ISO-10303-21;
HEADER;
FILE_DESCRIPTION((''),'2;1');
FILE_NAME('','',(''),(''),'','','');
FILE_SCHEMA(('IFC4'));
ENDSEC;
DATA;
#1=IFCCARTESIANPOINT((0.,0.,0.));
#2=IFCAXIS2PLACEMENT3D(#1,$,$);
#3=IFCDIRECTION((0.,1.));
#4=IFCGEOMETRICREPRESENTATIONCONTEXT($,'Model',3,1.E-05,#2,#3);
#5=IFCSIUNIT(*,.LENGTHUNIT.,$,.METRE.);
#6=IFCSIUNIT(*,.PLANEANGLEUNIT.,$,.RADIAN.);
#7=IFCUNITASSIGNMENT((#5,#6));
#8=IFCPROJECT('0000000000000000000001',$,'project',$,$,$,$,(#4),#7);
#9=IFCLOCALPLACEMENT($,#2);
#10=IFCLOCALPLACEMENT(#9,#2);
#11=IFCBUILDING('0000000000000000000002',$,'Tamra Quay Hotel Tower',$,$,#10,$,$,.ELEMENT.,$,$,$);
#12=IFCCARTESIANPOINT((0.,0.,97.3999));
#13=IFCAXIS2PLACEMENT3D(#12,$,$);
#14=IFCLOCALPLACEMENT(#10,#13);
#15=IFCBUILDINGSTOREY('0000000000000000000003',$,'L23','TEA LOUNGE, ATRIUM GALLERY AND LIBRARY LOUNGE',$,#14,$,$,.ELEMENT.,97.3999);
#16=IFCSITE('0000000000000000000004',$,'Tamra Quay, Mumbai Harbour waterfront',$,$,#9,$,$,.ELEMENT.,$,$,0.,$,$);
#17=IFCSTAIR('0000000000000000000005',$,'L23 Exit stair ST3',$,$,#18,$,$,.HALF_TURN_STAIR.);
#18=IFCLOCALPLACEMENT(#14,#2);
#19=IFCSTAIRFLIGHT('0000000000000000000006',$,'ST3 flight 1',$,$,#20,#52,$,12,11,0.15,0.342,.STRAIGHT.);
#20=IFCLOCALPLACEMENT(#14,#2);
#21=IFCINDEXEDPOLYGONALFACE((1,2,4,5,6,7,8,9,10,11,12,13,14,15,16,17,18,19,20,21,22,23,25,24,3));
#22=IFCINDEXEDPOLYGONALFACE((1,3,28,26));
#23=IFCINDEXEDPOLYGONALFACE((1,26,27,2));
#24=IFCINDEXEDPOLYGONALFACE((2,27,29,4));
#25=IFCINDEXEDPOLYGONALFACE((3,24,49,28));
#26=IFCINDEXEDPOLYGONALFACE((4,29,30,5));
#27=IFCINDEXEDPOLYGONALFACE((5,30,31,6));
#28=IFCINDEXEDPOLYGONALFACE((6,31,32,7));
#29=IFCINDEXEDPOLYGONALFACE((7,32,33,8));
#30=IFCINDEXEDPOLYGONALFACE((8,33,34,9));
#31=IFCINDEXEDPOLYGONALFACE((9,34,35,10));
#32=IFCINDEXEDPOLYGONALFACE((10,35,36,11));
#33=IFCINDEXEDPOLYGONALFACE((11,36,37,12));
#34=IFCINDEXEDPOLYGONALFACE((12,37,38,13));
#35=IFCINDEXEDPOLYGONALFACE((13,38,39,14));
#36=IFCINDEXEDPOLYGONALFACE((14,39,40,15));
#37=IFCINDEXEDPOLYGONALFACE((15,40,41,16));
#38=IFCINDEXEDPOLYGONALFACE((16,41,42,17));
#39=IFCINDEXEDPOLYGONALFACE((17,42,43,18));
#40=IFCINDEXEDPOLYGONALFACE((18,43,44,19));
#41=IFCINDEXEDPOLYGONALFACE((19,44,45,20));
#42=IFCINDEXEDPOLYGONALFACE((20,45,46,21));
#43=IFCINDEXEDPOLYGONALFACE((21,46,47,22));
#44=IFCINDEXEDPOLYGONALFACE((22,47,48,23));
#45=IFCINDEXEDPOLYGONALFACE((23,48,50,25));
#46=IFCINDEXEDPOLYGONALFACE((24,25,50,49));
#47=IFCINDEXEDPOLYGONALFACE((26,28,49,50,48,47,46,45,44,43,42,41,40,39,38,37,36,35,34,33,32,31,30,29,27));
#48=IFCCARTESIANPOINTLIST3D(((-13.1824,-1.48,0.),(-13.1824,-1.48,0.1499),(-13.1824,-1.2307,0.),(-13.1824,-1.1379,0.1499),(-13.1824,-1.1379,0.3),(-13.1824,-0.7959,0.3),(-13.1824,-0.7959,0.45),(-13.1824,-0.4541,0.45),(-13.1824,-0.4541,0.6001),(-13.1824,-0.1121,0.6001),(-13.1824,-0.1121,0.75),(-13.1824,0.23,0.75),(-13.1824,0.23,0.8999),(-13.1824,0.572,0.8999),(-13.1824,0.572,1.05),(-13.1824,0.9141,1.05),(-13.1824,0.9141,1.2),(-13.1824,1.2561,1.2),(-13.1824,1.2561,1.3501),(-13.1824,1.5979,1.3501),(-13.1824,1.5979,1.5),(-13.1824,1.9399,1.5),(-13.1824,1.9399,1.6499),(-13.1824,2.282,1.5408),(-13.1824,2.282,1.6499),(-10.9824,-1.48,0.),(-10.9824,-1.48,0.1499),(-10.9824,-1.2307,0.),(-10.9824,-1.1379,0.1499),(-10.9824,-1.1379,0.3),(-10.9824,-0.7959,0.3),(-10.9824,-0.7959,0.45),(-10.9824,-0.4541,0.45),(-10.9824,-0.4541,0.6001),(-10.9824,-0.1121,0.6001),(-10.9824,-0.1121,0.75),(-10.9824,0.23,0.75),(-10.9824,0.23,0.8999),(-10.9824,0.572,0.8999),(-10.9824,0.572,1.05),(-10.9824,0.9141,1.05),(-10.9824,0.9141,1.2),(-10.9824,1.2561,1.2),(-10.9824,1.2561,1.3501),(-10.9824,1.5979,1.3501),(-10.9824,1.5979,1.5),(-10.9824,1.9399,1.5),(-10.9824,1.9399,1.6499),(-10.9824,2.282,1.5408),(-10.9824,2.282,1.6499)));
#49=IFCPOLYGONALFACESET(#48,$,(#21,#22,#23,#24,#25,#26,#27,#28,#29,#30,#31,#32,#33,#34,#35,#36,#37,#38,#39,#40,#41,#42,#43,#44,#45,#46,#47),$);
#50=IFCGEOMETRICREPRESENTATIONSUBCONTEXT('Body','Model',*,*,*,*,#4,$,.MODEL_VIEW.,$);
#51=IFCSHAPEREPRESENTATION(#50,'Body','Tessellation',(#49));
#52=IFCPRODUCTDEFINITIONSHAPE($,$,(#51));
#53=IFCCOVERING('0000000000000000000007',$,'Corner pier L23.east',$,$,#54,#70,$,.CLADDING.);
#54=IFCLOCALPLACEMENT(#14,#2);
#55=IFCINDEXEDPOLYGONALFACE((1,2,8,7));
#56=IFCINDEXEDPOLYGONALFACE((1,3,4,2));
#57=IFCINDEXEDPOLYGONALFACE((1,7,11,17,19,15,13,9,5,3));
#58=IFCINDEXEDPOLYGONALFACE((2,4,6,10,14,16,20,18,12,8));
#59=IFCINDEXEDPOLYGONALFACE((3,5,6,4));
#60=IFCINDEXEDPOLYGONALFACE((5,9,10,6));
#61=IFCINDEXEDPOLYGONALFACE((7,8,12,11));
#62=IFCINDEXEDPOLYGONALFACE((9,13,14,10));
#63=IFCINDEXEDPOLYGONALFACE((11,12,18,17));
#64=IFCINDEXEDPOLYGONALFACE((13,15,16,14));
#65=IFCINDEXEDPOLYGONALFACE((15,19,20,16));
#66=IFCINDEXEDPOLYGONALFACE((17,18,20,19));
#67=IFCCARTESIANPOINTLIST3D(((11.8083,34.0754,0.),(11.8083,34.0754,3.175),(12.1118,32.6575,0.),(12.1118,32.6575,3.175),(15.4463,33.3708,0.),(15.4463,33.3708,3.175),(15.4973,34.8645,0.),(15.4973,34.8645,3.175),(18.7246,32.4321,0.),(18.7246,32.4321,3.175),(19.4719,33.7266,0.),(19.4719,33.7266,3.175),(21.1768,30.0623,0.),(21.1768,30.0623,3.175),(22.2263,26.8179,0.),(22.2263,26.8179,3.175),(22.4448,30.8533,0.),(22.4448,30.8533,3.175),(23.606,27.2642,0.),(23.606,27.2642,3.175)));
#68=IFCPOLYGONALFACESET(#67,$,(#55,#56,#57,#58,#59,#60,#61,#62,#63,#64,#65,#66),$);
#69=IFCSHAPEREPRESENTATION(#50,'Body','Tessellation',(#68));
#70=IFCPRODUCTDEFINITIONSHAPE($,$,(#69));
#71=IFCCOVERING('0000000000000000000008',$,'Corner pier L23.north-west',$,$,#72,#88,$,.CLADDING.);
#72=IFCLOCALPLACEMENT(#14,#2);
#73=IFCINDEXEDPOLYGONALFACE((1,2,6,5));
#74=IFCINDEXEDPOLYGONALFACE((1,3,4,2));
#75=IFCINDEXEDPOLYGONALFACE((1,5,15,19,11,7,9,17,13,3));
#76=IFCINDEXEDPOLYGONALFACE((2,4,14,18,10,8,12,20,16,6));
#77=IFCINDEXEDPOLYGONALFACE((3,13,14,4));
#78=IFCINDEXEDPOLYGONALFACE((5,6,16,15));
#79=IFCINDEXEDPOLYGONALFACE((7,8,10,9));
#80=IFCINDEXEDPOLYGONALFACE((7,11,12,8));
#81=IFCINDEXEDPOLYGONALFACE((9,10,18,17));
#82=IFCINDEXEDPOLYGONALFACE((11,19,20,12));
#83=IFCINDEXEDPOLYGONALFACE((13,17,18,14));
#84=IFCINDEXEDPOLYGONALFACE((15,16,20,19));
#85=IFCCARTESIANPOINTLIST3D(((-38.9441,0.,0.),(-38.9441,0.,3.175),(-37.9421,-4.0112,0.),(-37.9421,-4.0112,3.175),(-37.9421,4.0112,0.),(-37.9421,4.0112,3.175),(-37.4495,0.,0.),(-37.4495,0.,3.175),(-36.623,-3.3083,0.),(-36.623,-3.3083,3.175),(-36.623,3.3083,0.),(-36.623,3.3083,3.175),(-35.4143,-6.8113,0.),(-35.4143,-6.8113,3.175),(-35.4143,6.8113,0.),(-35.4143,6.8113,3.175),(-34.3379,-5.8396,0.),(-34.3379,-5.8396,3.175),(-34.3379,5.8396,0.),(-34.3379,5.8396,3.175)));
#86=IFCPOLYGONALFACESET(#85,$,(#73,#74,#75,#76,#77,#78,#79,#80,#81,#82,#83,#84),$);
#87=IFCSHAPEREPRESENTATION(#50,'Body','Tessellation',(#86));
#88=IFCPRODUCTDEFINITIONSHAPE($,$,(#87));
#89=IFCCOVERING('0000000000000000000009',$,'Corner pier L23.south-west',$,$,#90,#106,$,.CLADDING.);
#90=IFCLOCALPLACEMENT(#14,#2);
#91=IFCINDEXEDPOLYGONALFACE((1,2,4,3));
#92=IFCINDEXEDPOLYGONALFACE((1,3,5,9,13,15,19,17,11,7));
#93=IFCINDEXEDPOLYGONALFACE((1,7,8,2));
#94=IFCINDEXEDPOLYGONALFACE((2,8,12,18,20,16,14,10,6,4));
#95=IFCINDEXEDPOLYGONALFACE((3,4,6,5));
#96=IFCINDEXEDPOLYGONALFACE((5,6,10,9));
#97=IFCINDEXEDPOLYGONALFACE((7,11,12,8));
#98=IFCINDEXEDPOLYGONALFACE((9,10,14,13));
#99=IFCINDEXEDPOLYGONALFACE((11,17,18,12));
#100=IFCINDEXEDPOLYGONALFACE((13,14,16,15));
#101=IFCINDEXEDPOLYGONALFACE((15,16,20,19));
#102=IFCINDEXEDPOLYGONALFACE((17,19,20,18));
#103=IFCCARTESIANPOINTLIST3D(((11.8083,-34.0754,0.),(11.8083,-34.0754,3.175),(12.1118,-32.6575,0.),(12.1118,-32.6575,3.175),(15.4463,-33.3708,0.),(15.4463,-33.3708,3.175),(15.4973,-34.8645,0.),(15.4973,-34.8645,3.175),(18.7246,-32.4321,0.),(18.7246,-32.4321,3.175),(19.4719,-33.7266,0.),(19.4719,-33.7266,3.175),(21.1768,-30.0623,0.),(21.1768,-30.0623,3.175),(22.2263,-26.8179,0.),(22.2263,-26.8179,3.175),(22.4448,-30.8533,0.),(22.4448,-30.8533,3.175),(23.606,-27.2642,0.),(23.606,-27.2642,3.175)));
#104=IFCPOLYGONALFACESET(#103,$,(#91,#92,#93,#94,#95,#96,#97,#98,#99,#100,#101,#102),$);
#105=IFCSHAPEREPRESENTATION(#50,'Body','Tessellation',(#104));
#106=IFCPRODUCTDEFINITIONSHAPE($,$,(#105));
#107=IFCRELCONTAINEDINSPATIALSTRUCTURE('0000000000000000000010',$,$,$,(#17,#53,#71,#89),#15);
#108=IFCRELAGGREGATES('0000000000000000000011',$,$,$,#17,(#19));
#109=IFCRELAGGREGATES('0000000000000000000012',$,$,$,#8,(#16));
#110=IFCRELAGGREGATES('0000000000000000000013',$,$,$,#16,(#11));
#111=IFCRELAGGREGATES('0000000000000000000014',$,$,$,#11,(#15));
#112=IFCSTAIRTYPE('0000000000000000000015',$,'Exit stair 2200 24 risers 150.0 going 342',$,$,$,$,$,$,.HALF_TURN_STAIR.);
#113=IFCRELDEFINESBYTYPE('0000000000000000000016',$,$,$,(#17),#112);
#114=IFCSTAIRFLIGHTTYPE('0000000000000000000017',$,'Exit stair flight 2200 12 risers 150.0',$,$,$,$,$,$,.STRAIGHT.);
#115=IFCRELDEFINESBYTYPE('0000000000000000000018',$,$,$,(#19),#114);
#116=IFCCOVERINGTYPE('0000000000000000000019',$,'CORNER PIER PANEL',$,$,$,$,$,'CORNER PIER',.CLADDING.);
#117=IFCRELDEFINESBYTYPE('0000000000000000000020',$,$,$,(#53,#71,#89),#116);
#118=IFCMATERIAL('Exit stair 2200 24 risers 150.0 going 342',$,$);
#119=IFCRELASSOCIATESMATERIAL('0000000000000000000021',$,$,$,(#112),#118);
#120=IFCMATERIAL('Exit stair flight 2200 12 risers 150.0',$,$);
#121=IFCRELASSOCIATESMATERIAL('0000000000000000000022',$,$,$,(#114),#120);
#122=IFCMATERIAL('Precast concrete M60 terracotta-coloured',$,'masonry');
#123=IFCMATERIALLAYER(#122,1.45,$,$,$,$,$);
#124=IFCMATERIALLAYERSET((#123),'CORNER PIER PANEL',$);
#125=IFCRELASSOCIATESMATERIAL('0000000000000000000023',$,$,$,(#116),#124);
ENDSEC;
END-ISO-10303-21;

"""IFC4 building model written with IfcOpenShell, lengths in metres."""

from ifc_helpers import new_model, si_unit, direction, frame, origin, place, context, subcontext, project, spatial, polyline, outline, extrude, material, layer, layer_set, type_object, element, aggregate, save


model = new_model("IFC4")

# Units and contexts
model_context = context("Model", 3, precision=1e-05, world=origin(), true_north=direction((0.0, 1.0)))
body_context = subcontext(model_context, "Body", "Model", "MODEL_VIEW")
ifc_project = project(units=[si_unit("LENGTHUNIT", "METRE"), si_unit("PLANEANGLEUNIT", "RADIAN")], contexts=[model_context])

# Site, building, storey
site_placement = place(None, origin())
site = spatial("IfcSite", under=ifc_project, at=site_placement, Name="Tamra Quay, Mumbai Harbour waterfront", CompositionType="ELEMENT", RefElevation=0.0)
building_placement = place(site_placement, origin())
building = spatial("IfcBuilding", under=site, at=building_placement, Name="Tamra Quay Hotel Tower", CompositionType="ELEMENT")
storey_placement = place(building_placement, frame((0.0, 0.0, 97.3999)))
storey = spatial("IfcBuildingStorey", under=building, at=storey_placement, Name="L23", Description="TEA LOUNGE, ATRIUM GALLERY AND LIBRARY LOUNGE", CompositionType="ELEMENT", Elevation=97.3999)

# Stair
ifc_material_1 = material(Name="Exit stair 2200 24 risers 150.0 going 342")
stair_type = type_object("IfcStairType", Name="Exit stair 2200 24 risers 150.0 going 342", PredefinedType="HALF_TURN_STAIR", material=ifc_material_1)
stair_1_placement = place(storey_placement, origin())
stair_1 = element("IfcStair", 1, at=stair_1_placement, inside=storey, type_object=stair_type, Name="L23 Exit stair ST3", PredefinedType="HALF_TURN_STAIR")

# Stair flight
ifc_material_2 = material(Name="Exit stair flight 2200 12 risers 150.0")
stair_flight_type = type_object("IfcStairFlightType", Name="Exit stair flight 2200 12 risers 150.0", PredefinedType="STRAIGHT", material=ifc_material_2)
stair_flight_placement = place(storey_placement, frame((-12.0823, -1.48, 0.0), z_axis=(0.0, 0.0, 1.0), x_axis=(0.0, 1.0, 0.0)))
stair_flight = element("IfcStairFlight", 2, at=stair_flight_placement, type_object=stair_flight_type, Name="ST3 flight 1", NumberOfRisers=12, NumberOfTreads=11, PredefinedType="STRAIGHT", RiserHeight=0.15, TreadLength=0.342, context=body_context, shape_type="SweptSolid", body=[
    extrude(outline(polyline([(0.0, 0.0), (0.0, 0.1499), (0.342, 0.1499), (0.342, 0.3), (0.6841, 0.3), (0.6841, 0.45), (1.0259, 0.45), (1.0259, 0.6001), (1.3679, 0.6001), (1.3679, 0.75), (1.71, 0.75), (1.71, 0.8999), (2.052, 0.8999), (2.052, 1.05), (2.394, 1.05), (2.394, 1.2), (2.7361, 1.2), (2.7361, 1.3501), (3.0779, 1.3501), (3.0779, 1.5), (3.4199, 1.5), (3.4199, 1.6499), (3.762, 1.6499), (3.762, 1.8), (3.762, 1.5408), (0.2493, 0.0), (0.0, 0.0)])), frame((0.0, 1.1001, 0.0), z_axis=(0.0, -1.0, 0.0), x_axis=(1.0, 0.0, 0.0)), (0.0, 0.0, 1.0), 2.2),
])
aggregate(stair_1, [stair_flight])

# Coverings
ifc_material_3 = material(Name="Precast concrete M60 terracotta-coloured", Category="masonry")
ifc_layer_1 = layer(ifc_material_3, 1.45)
ifc_layer_set_1 = layer_set([ifc_layer_1], Name="CORNER PIER PANEL")
covering_type = type_object("IfcCoveringType", Name="CORNER PIER PANEL", ElementType="CORNER PIER", PredefinedType="CLADDING", material=ifc_layer_set_1)
covering_1_placement = place(storey_placement, origin())
element("IfcCovering", 3, at=covering_1_placement, inside=storey, type_object=covering_type, Name="Corner pier L23.east", PredefinedType="CLADDING", context=body_context, shape_type="SweptSolid", body=[
    extrude(outline(polyline([(22.2263, 26.8179), (23.606, 27.2642), (22.4448, 30.8533), (19.4719, 33.7266), (15.4973, 34.8645), (11.8083, 34.0754), (12.1118, 32.6575), (15.4463, 33.3708), (18.7246, 32.4321), (21.1768, 30.0623), (22.2263, 26.8179)])), origin(), (0.0, 0.0, 1.0), 3.175),
])
covering_2_placement = place(storey_placement, origin())
element("IfcCovering", 4, at=covering_2_placement, inside=storey, type_object=covering_type, Name="Corner pier L23.north-west", PredefinedType="CLADDING", context=body_context, shape_type="SweptSolid", body=[
    extrude(outline(polyline([(-34.3379, 5.8396), (-35.4143, 6.8113), (-37.9421, 4.0112), (-38.9441, 0.0), (-37.9421, -4.0112), (-35.4143, -6.8113), (-34.3379, -5.8396), (-36.623, -3.3083), (-37.4495, 0.0), (-36.623, 3.3083), (-34.3379, 5.8396)])), origin(), (0.0, 0.0, 1.0), 3.175),
])
covering_3_placement = place(storey_placement, origin())
element("IfcCovering", 5, at=covering_3_placement, inside=storey, type_object=covering_type, Name="Corner pier L23.south-west", PredefinedType="CLADDING", context=body_context, shape_type="SweptSolid", body=[
    extrude(outline(polyline([(12.1118, -32.6575), (11.8083, -34.0754), (15.4973, -34.8645), (19.4719, -33.7266), (22.4448, -30.8533), (23.606, -27.2642), (22.2263, -26.8179), (21.1768, -30.0623), (18.7246, -32.4321), (15.4463, -33.3708), (12.1118, -32.6575)])), origin(), (0.0, 0.0, 1.0), 3.175),
])

save(model, "model.ifc")
